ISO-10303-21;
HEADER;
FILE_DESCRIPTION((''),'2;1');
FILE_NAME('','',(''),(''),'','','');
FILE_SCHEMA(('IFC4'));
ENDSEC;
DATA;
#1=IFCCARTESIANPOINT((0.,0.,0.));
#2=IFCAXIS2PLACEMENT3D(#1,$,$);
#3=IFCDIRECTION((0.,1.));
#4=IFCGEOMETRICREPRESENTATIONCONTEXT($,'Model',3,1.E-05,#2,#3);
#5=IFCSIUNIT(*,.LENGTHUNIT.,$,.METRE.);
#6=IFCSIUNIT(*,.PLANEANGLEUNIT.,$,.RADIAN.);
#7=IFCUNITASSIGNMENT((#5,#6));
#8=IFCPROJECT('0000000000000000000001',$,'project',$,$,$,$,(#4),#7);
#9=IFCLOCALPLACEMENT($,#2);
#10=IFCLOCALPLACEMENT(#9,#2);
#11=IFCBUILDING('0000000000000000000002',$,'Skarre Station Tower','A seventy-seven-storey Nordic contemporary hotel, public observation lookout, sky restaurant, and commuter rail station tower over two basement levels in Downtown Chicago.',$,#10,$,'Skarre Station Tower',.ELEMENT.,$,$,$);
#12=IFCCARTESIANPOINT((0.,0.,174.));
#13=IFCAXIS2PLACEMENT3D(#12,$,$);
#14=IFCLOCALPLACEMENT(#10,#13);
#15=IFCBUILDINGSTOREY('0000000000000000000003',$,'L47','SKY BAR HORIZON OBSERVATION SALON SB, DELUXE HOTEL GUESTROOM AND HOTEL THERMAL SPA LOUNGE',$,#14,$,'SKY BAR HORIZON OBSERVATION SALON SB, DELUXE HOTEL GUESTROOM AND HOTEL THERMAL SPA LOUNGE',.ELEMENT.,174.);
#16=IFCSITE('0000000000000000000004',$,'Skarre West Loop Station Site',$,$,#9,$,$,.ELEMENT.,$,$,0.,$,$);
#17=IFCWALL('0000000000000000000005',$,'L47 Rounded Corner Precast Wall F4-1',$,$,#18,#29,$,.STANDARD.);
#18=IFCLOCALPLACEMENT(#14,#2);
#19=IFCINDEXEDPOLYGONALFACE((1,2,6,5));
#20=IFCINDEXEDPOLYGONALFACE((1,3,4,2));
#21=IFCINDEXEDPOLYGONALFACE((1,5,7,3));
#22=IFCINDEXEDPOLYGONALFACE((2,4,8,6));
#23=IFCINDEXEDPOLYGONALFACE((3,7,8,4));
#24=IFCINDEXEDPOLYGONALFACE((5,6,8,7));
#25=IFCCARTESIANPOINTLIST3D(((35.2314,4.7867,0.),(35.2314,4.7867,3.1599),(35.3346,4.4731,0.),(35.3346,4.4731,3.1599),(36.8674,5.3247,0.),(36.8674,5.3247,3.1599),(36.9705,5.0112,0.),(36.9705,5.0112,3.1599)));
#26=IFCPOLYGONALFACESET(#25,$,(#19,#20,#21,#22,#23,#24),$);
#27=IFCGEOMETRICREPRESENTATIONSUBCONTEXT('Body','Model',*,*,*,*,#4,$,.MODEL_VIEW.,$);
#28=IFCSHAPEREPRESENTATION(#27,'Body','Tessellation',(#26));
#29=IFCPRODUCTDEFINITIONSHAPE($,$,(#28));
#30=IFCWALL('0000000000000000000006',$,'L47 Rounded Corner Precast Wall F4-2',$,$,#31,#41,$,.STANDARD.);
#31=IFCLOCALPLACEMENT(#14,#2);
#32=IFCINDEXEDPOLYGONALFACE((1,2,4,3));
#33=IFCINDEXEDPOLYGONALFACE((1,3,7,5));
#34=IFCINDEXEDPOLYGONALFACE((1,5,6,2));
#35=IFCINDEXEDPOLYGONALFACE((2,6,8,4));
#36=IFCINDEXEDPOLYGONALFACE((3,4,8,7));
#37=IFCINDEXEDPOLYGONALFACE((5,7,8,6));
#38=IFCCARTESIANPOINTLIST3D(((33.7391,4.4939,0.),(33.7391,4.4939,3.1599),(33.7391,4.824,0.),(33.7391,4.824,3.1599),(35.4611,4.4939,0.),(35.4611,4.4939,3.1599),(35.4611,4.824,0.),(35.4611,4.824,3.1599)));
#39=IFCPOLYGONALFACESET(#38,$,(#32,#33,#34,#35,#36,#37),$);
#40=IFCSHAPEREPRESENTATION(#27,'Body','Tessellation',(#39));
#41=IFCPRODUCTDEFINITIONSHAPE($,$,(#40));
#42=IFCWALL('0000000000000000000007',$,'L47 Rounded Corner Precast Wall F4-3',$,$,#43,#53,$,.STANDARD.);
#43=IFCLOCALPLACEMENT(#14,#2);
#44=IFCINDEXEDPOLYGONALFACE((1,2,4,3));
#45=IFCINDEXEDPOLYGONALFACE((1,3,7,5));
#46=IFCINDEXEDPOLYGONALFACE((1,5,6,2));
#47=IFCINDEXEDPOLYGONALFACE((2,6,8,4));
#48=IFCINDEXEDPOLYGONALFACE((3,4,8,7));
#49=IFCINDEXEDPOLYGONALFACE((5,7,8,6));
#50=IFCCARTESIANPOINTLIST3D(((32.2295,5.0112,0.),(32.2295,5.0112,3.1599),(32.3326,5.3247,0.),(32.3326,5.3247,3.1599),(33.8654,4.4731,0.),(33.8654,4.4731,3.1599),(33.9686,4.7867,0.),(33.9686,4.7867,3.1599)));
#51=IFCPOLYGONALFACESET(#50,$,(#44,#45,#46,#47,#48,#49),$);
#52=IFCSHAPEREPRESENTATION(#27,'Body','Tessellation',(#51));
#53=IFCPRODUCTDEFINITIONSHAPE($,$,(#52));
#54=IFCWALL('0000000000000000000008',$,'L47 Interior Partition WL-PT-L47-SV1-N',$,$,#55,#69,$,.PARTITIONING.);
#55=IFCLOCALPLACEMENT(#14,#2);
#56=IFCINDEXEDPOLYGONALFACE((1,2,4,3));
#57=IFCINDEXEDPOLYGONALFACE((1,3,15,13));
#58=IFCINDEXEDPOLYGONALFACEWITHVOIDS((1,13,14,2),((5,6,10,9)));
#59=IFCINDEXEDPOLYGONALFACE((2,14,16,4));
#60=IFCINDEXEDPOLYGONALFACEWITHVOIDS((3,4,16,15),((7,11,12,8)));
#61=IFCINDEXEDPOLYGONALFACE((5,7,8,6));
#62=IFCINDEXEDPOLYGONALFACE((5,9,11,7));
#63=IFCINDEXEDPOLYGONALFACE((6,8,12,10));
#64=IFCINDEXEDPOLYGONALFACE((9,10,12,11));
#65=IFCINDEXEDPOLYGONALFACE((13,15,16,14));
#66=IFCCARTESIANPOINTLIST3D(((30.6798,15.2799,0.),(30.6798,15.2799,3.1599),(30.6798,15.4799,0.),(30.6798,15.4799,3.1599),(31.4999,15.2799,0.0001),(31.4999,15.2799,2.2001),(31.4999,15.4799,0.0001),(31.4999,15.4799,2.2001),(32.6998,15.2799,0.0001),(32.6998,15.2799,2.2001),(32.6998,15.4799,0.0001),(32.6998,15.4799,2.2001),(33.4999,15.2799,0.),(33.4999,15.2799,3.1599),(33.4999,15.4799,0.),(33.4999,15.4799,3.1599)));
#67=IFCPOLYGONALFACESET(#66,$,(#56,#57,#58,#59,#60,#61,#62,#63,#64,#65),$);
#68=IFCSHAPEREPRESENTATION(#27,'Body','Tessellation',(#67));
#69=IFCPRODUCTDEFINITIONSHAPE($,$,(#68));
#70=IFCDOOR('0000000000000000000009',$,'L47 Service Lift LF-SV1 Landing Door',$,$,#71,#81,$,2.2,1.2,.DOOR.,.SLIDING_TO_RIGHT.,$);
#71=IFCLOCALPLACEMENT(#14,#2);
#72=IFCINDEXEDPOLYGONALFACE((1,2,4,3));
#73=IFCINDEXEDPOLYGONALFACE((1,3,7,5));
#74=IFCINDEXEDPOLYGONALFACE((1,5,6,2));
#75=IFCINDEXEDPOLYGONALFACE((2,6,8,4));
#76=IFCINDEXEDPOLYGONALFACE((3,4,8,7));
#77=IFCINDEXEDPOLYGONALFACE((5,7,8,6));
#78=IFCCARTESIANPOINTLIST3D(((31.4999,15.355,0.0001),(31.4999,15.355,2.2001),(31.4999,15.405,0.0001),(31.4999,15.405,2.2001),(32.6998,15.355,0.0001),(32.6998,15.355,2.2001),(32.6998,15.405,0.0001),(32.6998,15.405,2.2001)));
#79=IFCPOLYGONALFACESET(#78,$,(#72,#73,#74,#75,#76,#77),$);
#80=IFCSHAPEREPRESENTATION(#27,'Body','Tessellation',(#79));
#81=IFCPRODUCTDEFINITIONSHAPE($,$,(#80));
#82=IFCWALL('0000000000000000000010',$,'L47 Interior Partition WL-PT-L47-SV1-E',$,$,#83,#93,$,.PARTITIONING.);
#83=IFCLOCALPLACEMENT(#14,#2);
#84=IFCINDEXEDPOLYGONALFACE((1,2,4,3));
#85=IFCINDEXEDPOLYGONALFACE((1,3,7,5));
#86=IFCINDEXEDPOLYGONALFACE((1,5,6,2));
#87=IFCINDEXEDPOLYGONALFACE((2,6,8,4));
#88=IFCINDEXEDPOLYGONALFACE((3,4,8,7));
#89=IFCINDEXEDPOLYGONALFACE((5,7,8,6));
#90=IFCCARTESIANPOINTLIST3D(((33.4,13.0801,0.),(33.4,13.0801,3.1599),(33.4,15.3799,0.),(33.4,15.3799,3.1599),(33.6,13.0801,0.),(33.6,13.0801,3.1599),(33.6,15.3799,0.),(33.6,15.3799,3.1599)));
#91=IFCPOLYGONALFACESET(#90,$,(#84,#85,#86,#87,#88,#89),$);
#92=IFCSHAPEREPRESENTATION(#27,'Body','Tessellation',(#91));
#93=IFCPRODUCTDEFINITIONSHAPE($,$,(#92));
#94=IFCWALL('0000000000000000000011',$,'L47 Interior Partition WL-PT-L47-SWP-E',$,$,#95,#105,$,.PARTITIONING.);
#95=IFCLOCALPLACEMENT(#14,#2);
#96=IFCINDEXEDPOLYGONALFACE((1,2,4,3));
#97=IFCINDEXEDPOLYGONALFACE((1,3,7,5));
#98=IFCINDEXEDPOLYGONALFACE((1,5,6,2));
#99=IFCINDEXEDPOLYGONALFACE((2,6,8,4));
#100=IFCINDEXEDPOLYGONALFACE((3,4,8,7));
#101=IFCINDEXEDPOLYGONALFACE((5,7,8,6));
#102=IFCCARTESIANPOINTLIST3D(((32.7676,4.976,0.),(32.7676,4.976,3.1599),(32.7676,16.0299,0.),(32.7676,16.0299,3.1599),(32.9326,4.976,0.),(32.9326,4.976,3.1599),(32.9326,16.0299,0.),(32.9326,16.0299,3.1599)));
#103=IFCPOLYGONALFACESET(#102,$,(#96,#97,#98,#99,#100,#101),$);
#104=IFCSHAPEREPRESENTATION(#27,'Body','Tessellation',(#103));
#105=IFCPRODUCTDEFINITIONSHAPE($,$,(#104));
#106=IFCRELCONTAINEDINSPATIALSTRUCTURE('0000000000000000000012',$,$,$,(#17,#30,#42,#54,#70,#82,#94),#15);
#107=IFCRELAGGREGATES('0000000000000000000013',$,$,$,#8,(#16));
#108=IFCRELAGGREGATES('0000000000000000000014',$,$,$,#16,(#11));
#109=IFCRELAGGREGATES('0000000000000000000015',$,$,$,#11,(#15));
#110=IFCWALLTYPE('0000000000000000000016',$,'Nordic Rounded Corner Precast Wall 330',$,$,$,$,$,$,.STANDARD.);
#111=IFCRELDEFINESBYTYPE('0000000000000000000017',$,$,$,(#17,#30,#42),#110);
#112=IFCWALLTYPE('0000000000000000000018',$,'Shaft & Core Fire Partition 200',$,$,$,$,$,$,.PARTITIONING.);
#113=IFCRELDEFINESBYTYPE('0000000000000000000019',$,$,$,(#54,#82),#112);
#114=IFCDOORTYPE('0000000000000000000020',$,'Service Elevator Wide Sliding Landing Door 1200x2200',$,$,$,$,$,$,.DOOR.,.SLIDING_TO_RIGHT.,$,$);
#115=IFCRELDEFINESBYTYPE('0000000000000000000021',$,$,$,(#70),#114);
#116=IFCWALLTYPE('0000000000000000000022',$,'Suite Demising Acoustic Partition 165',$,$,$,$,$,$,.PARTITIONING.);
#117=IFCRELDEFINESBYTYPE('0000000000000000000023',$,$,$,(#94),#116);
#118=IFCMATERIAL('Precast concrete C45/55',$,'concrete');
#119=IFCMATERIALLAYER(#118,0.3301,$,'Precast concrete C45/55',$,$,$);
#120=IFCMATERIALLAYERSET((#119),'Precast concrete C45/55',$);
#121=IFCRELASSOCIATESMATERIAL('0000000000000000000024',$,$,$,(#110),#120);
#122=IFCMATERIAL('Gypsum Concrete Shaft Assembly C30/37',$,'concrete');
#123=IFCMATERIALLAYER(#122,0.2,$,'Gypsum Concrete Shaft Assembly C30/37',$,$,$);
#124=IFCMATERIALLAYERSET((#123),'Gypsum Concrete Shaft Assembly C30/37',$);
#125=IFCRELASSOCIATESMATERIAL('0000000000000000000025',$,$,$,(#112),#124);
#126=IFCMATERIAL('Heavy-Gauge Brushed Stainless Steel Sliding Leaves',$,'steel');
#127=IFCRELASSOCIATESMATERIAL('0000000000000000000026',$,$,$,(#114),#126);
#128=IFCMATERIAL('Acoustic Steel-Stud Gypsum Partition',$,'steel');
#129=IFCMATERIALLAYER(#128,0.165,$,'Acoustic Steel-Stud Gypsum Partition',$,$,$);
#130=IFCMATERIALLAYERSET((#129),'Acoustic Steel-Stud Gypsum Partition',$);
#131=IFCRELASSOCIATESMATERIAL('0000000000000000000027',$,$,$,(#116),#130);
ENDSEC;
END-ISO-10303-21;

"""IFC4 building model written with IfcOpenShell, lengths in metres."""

from ifc_helpers import new_model, si_unit, direction, frame, frame_2d, origin, place, context, subcontext, project, spatial, rectangle, extrude, material, layer, layer_set, type_object, element, fill, save


model = new_model("IFC4")

# Units and contexts
model_context = context("Model", 3, precision=1e-05, world=origin(), true_north=direction((0.0, 1.0)))
body_context = subcontext(model_context, "Body", "Model", "MODEL_VIEW")
ifc_project = project(units=[si_unit("LENGTHUNIT", "METRE"), si_unit("PLANEANGLEUNIT", "RADIAN")], contexts=[model_context])

# Site, building, storey
site_placement = place(None, origin())
site = spatial("IfcSite", under=ifc_project, at=site_placement, Name="Skarre West Loop Station Site", CompositionType="ELEMENT", RefElevation=0.0)
building_placement = place(site_placement, origin())
building = spatial("IfcBuilding", under=site, at=building_placement, Name="Skarre Station Tower", Description="A seventy-seven-storey Nordic contemporary hotel, public observation lookout, sky restaurant, and commuter rail station tower over two basement levels in Downtown Chicago.", LongName="Skarre Station Tower", CompositionType="ELEMENT")
storey_placement = place(building_placement, frame((0.0, 0.0, 174.0)))
storey = spatial("IfcBuildingStorey", under=building, at=storey_placement, Name="L47", Description="SKY BAR HORIZON OBSERVATION SALON SB, DELUXE HOTEL GUESTROOM AND HOTEL THERMAL SPA LOUNGE", LongName="SKY BAR HORIZON OBSERVATION SALON SB, DELUXE HOTEL GUESTROOM AND HOTEL THERMAL SPA LOUNGE", CompositionType="ELEMENT", Elevation=174.0)

# Shared definitions
ifc_material_1 = material(Name="Acoustic Steel-Stud Gypsum Partition", Category="steel")

# Walls
ifc_material_2 = material(Name="Precast concrete C45/55", Category="concrete")
ifc_layer_1 = layer(ifc_material_2, 0.3301, Name="Precast concrete C45/55")
ifc_layer_set_1 = layer_set([ifc_layer_1], Name="Precast concrete C45/55")
wall_type_1 = type_object("IfcWallType", Name="Nordic Rounded Corner Precast Wall 330", PredefinedType="STANDARD", material=ifc_layer_set_1)
wall_1_placement = place(storey_placement, frame((36.9189, 5.168, 0.0), z_axis=(0.0, 0.0, 1.0), x_axis=(-0.949937, -0.31244, 0.0)))
element("IfcWall", 1, at=wall_1_placement, inside=storey, type_object=wall_type_1, Name="L47 Rounded Corner Precast Wall F4-1", PredefinedType="STANDARD", context=body_context, shape_type="SweptSolid", body=[
    extrude(rectangle(XDim=1.7222, YDim=0.3301, at=frame_2d((0.8611, 0.0))), origin(), (0.0, 0.0, 1.0), 3.1599),
])
wall_2_placement = place(storey_placement, frame((35.4609, 4.6589, 0.0), z_axis=(0.0, 0.0, 1.0), x_axis=(-1.0, 0.0, 0.0)))
element("IfcWall", 2, at=wall_2_placement, inside=storey, type_object=wall_type_1, Name="L47 Rounded Corner Precast Wall F4-2", PredefinedType="STANDARD", context=body_context, shape_type="SweptSolid", body=[
    extrude(rectangle(XDim=1.7219, YDim=0.3301, at=frame_2d((0.8608, 0.0))), origin(), (0.0, 0.0, 1.0), 3.1599),
])
wall_3_placement = place(storey_placement, frame((33.917, 4.6299, 0.0), z_axis=(0.0, 0.0, 1.0), x_axis=(-0.949937, 0.31244, 0.0)))
element("IfcWall", 3, at=wall_3_placement, inside=storey, type_object=wall_type_1, Name="L47 Rounded Corner Precast Wall F4-3", PredefinedType="STANDARD", context=body_context, shape_type="SweptSolid", body=[
    extrude(rectangle(XDim=1.7222, YDim=0.3301, at=frame_2d((0.8611, 0.0))), origin(), (0.0, 0.0, 1.0), 3.1599),
])

# Wall, opening, door
ifc_material_3 = material(Name="Gypsum Concrete Shaft Assembly C30/37", Category="concrete")
ifc_layer_2 = layer(ifc_material_3, 0.2, Name="Gypsum Concrete Shaft Assembly C30/37")
ifc_layer_set_2 = layer_set([ifc_layer_2], Name="Gypsum Concrete Shaft Assembly C30/37")
wall_type_2 = type_object("IfcWallType", Name="Shaft & Core Fire Partition 200", PredefinedType="PARTITIONING", material=ifc_layer_set_2)
wall_4_placement = place(storey_placement, frame((33.5, 15.3799, 0.0), z_axis=(0.0, 0.0, 1.0), x_axis=(-1.0, 0.0, 0.0)))
wall_4 = element("IfcWall", 4, at=wall_4_placement, inside=storey, type_object=wall_type_2, Name="L47 Interior Partition WL-PT-L47-SV1-N", PredefinedType="PARTITIONING", context=body_context, shape_type="SweptSolid", body=[
    extrude(rectangle(XDim=2.8201, YDim=0.2, at=frame_2d((1.4102, 0.0))), origin(), (0.0, 0.0, 1.0), 3.1599),
])
opening_1_placement = place(wall_4_placement, frame((0.8, 0.0, 0.0)))
opening_1 = element("IfcOpeningElement", 5, at=opening_1_placement, cuts=wall_4, PredefinedType="OPENING", context=body_context, shape_type="SweptSolid", body=[
    extrude(rectangle(XDim=1.2, YDim=2.2, at=frame_2d((0.6001, 1.1001))), frame((0.0, 0.1099, 0.0), z_axis=(0.0, -1.0, 0.0), x_axis=(1.0, 0.0, 0.0)), (0.0, 0.0, 1.0), 0.22),
])
ifc_material_4 = material(Name="Heavy-Gauge Brushed Stainless Steel Sliding Leaves", Category="steel")
door_type_1 = type_object("IfcDoorType", Name="Service Elevator Wide Sliding Landing Door 1200x2200", OperationType="SLIDING_TO_RIGHT", PredefinedType="DOOR", material=ifc_material_4)
door_1_placement = place(opening_1_placement, origin())
door_1 = element("IfcDoor", 6, at=door_1_placement, inside=storey, type_object=door_type_1, Name="L47 Service Lift LF-SV1 Landing Door", OperationType="SLIDING_TO_RIGHT", OverallHeight=2.2, OverallWidth=1.2, PredefinedType="DOOR", context=body_context, shape_type="SweptSolid", body=[
    extrude(rectangle(XDim=1.2, YDim=2.2, at=frame_2d((0.6001, 1.1001))), frame((0.0, 0.0249, 0.0), z_axis=(0.0, -1.0, 0.0), x_axis=(1.0, 0.0, 0.0)), (0.0, 0.0, 1.0), 0.05),
])
fill(opening_1, door_1)

# Walls
wall_5_placement = place(storey_placement, frame((33.5, 13.0801, 0.0), z_axis=(0.0, 0.0, 1.0), x_axis=(0.0, 1.0, 0.0)))
element("IfcWall", 7, at=wall_5_placement, inside=storey, type_object=wall_type_2, Name="L47 Interior Partition WL-PT-L47-SV1-E", PredefinedType="PARTITIONING", context=body_context, shape_type="SweptSolid", body=[
    extrude(rectangle(XDim=2.2998, YDim=0.2, at=frame_2d((1.1499, 0.0))), origin(), (0.0, 0.0, 1.0), 3.1599),
])
ifc_layer_3 = layer(ifc_material_1, 0.165, Name="Acoustic Steel-Stud Gypsum Partition")
ifc_layer_set_3 = layer_set([ifc_layer_3], Name="Acoustic Steel-Stud Gypsum Partition")
wall_type_3 = type_object("IfcWallType", Name="Suite Demising Acoustic Partition 165", PredefinedType="PARTITIONING", material=ifc_layer_set_3)
wall_6_placement = place(storey_placement, frame((32.8501, 4.9761, 0.0), z_axis=(0.0, 0.0, 1.0), x_axis=(0.0, 1.0, 0.0)))
element("IfcWall", 8, at=wall_6_placement, inside=storey, type_object=wall_type_3, Name="L47 Interior Partition WL-PT-L47-SWP-E", PredefinedType="PARTITIONING", context=body_context, shape_type="SweptSolid", body=[
    extrude(rectangle(XDim=11.054, YDim=0.165, at=frame_2d((5.5269, 0.0))), origin(), (0.0, 0.0, 1.0), 3.1599),
])

save(model, "model.ifc")
